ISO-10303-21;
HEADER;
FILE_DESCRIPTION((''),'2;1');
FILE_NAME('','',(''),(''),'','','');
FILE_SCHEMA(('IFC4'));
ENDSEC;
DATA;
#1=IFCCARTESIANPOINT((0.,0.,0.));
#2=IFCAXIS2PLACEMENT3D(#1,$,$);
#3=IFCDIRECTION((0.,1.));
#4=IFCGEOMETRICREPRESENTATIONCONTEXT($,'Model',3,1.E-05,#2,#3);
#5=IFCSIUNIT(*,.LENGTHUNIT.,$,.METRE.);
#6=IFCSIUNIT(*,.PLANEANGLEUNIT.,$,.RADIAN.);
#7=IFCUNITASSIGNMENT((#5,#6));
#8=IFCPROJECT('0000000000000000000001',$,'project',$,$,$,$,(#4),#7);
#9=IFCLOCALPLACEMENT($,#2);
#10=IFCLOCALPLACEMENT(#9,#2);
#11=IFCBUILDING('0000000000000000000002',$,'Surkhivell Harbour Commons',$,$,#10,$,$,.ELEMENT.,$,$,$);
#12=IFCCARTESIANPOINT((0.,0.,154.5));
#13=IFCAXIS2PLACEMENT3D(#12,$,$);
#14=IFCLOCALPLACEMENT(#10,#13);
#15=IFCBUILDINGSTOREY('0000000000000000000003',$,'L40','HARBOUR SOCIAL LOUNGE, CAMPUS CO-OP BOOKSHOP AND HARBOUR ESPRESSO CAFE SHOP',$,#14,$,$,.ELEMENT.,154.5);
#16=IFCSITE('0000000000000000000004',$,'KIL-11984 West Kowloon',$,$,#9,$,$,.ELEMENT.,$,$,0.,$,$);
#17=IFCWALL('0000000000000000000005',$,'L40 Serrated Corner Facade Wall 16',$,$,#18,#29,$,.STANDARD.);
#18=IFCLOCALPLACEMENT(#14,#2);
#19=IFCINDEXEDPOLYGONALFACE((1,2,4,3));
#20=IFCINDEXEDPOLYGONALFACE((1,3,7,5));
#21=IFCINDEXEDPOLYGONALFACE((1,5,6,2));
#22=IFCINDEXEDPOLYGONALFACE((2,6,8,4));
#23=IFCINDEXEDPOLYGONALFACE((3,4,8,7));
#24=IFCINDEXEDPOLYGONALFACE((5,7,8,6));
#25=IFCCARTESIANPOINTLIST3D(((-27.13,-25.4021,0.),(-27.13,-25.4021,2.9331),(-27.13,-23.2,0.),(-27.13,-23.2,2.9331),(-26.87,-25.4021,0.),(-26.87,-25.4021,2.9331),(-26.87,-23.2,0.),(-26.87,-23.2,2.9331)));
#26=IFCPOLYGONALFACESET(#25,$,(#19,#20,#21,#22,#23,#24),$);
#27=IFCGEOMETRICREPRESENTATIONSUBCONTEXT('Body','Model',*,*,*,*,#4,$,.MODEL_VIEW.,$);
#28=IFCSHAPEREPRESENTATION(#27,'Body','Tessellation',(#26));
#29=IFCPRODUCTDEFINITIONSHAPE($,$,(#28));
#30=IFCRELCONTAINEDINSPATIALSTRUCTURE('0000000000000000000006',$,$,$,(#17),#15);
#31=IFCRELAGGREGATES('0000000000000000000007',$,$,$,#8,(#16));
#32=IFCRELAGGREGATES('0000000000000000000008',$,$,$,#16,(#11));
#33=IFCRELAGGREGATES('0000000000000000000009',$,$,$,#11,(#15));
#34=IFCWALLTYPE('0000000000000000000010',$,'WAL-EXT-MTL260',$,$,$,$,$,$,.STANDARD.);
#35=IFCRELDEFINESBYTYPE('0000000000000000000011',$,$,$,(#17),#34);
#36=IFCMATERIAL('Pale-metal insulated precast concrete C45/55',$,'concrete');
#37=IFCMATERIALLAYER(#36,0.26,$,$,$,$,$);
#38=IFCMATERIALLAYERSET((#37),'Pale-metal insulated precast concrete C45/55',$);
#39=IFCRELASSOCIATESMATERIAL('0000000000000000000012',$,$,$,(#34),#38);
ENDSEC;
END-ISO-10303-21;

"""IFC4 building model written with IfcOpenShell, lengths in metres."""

from ifc_helpers import new_model, si_unit, direction, frame, frame_2d, origin, place, context, subcontext, project, spatial, rectangle, extrude, material, layer, layer_set, type_object, element, save


model = new_model("IFC4")

# Units and contexts
model_context = context("Model", 3, precision=1e-05, world=origin(), true_north=direction((0.0, 1.0)))
body_context = subcontext(model_context, "Body", "Model", "MODEL_VIEW")
ifc_project = project(units=[si_unit("LENGTHUNIT", "METRE"), si_unit("PLANEANGLEUNIT", "RADIAN")], contexts=[model_context])

# Site, building, storey
site_placement = place(None, origin())
site = spatial("IfcSite", under=ifc_project, at=site_placement, Name="KIL-11984 West Kowloon", CompositionType="ELEMENT", RefElevation=0.0)
building_placement = place(site_placement, origin())
building = spatial("IfcBuilding", under=site, at=building_placement, Name="Surkhivell Harbour Commons", CompositionType="ELEMENT")
storey_placement = place(building_placement, frame((0.0, 0.0, 154.5)))
storey = spatial("IfcBuildingStorey", under=building, at=storey_placement, Name="L40", Description="HARBOUR SOCIAL LOUNGE, CAMPUS CO-OP BOOKSHOP AND HARBOUR ESPRESSO CAFE SHOP", CompositionType="ELEMENT", Elevation=154.5)

# Wall
ifc_material_1 = material(Name="Pale-metal insulated precast concrete C45/55", Category="concrete")
ifc_layer_1 = layer(ifc_material_1, 0.26)
ifc_layer_set_1 = layer_set([ifc_layer_1], Name="Pale-metal insulated precast concrete C45/55")
wall_type = type_object("IfcWallType", Name="WAL-EXT-MTL260", PredefinedType="STANDARD", material=ifc_layer_set_1)
wall_1_placement = place(storey_placement, frame((-27.0, -23.2, 0.0), z_axis=(0.0, 0.0, 1.0), x_axis=(0.0, -1.0, 0.0)))
element("IfcWall", 1, at=wall_1_placement, inside=storey, type_object=wall_type, Name="L40 Serrated Corner Facade Wall 16", PredefinedType="STANDARD", context=body_context, shape_type="SweptSolid", body=[
    extrude(rectangle(XDim=2.2021, YDim=0.26, at=frame_2d((1.1011, 0.0))), origin(), (0.0, 0.0, 1.0), 2.9331),
])

save(model, "model.ifc")
